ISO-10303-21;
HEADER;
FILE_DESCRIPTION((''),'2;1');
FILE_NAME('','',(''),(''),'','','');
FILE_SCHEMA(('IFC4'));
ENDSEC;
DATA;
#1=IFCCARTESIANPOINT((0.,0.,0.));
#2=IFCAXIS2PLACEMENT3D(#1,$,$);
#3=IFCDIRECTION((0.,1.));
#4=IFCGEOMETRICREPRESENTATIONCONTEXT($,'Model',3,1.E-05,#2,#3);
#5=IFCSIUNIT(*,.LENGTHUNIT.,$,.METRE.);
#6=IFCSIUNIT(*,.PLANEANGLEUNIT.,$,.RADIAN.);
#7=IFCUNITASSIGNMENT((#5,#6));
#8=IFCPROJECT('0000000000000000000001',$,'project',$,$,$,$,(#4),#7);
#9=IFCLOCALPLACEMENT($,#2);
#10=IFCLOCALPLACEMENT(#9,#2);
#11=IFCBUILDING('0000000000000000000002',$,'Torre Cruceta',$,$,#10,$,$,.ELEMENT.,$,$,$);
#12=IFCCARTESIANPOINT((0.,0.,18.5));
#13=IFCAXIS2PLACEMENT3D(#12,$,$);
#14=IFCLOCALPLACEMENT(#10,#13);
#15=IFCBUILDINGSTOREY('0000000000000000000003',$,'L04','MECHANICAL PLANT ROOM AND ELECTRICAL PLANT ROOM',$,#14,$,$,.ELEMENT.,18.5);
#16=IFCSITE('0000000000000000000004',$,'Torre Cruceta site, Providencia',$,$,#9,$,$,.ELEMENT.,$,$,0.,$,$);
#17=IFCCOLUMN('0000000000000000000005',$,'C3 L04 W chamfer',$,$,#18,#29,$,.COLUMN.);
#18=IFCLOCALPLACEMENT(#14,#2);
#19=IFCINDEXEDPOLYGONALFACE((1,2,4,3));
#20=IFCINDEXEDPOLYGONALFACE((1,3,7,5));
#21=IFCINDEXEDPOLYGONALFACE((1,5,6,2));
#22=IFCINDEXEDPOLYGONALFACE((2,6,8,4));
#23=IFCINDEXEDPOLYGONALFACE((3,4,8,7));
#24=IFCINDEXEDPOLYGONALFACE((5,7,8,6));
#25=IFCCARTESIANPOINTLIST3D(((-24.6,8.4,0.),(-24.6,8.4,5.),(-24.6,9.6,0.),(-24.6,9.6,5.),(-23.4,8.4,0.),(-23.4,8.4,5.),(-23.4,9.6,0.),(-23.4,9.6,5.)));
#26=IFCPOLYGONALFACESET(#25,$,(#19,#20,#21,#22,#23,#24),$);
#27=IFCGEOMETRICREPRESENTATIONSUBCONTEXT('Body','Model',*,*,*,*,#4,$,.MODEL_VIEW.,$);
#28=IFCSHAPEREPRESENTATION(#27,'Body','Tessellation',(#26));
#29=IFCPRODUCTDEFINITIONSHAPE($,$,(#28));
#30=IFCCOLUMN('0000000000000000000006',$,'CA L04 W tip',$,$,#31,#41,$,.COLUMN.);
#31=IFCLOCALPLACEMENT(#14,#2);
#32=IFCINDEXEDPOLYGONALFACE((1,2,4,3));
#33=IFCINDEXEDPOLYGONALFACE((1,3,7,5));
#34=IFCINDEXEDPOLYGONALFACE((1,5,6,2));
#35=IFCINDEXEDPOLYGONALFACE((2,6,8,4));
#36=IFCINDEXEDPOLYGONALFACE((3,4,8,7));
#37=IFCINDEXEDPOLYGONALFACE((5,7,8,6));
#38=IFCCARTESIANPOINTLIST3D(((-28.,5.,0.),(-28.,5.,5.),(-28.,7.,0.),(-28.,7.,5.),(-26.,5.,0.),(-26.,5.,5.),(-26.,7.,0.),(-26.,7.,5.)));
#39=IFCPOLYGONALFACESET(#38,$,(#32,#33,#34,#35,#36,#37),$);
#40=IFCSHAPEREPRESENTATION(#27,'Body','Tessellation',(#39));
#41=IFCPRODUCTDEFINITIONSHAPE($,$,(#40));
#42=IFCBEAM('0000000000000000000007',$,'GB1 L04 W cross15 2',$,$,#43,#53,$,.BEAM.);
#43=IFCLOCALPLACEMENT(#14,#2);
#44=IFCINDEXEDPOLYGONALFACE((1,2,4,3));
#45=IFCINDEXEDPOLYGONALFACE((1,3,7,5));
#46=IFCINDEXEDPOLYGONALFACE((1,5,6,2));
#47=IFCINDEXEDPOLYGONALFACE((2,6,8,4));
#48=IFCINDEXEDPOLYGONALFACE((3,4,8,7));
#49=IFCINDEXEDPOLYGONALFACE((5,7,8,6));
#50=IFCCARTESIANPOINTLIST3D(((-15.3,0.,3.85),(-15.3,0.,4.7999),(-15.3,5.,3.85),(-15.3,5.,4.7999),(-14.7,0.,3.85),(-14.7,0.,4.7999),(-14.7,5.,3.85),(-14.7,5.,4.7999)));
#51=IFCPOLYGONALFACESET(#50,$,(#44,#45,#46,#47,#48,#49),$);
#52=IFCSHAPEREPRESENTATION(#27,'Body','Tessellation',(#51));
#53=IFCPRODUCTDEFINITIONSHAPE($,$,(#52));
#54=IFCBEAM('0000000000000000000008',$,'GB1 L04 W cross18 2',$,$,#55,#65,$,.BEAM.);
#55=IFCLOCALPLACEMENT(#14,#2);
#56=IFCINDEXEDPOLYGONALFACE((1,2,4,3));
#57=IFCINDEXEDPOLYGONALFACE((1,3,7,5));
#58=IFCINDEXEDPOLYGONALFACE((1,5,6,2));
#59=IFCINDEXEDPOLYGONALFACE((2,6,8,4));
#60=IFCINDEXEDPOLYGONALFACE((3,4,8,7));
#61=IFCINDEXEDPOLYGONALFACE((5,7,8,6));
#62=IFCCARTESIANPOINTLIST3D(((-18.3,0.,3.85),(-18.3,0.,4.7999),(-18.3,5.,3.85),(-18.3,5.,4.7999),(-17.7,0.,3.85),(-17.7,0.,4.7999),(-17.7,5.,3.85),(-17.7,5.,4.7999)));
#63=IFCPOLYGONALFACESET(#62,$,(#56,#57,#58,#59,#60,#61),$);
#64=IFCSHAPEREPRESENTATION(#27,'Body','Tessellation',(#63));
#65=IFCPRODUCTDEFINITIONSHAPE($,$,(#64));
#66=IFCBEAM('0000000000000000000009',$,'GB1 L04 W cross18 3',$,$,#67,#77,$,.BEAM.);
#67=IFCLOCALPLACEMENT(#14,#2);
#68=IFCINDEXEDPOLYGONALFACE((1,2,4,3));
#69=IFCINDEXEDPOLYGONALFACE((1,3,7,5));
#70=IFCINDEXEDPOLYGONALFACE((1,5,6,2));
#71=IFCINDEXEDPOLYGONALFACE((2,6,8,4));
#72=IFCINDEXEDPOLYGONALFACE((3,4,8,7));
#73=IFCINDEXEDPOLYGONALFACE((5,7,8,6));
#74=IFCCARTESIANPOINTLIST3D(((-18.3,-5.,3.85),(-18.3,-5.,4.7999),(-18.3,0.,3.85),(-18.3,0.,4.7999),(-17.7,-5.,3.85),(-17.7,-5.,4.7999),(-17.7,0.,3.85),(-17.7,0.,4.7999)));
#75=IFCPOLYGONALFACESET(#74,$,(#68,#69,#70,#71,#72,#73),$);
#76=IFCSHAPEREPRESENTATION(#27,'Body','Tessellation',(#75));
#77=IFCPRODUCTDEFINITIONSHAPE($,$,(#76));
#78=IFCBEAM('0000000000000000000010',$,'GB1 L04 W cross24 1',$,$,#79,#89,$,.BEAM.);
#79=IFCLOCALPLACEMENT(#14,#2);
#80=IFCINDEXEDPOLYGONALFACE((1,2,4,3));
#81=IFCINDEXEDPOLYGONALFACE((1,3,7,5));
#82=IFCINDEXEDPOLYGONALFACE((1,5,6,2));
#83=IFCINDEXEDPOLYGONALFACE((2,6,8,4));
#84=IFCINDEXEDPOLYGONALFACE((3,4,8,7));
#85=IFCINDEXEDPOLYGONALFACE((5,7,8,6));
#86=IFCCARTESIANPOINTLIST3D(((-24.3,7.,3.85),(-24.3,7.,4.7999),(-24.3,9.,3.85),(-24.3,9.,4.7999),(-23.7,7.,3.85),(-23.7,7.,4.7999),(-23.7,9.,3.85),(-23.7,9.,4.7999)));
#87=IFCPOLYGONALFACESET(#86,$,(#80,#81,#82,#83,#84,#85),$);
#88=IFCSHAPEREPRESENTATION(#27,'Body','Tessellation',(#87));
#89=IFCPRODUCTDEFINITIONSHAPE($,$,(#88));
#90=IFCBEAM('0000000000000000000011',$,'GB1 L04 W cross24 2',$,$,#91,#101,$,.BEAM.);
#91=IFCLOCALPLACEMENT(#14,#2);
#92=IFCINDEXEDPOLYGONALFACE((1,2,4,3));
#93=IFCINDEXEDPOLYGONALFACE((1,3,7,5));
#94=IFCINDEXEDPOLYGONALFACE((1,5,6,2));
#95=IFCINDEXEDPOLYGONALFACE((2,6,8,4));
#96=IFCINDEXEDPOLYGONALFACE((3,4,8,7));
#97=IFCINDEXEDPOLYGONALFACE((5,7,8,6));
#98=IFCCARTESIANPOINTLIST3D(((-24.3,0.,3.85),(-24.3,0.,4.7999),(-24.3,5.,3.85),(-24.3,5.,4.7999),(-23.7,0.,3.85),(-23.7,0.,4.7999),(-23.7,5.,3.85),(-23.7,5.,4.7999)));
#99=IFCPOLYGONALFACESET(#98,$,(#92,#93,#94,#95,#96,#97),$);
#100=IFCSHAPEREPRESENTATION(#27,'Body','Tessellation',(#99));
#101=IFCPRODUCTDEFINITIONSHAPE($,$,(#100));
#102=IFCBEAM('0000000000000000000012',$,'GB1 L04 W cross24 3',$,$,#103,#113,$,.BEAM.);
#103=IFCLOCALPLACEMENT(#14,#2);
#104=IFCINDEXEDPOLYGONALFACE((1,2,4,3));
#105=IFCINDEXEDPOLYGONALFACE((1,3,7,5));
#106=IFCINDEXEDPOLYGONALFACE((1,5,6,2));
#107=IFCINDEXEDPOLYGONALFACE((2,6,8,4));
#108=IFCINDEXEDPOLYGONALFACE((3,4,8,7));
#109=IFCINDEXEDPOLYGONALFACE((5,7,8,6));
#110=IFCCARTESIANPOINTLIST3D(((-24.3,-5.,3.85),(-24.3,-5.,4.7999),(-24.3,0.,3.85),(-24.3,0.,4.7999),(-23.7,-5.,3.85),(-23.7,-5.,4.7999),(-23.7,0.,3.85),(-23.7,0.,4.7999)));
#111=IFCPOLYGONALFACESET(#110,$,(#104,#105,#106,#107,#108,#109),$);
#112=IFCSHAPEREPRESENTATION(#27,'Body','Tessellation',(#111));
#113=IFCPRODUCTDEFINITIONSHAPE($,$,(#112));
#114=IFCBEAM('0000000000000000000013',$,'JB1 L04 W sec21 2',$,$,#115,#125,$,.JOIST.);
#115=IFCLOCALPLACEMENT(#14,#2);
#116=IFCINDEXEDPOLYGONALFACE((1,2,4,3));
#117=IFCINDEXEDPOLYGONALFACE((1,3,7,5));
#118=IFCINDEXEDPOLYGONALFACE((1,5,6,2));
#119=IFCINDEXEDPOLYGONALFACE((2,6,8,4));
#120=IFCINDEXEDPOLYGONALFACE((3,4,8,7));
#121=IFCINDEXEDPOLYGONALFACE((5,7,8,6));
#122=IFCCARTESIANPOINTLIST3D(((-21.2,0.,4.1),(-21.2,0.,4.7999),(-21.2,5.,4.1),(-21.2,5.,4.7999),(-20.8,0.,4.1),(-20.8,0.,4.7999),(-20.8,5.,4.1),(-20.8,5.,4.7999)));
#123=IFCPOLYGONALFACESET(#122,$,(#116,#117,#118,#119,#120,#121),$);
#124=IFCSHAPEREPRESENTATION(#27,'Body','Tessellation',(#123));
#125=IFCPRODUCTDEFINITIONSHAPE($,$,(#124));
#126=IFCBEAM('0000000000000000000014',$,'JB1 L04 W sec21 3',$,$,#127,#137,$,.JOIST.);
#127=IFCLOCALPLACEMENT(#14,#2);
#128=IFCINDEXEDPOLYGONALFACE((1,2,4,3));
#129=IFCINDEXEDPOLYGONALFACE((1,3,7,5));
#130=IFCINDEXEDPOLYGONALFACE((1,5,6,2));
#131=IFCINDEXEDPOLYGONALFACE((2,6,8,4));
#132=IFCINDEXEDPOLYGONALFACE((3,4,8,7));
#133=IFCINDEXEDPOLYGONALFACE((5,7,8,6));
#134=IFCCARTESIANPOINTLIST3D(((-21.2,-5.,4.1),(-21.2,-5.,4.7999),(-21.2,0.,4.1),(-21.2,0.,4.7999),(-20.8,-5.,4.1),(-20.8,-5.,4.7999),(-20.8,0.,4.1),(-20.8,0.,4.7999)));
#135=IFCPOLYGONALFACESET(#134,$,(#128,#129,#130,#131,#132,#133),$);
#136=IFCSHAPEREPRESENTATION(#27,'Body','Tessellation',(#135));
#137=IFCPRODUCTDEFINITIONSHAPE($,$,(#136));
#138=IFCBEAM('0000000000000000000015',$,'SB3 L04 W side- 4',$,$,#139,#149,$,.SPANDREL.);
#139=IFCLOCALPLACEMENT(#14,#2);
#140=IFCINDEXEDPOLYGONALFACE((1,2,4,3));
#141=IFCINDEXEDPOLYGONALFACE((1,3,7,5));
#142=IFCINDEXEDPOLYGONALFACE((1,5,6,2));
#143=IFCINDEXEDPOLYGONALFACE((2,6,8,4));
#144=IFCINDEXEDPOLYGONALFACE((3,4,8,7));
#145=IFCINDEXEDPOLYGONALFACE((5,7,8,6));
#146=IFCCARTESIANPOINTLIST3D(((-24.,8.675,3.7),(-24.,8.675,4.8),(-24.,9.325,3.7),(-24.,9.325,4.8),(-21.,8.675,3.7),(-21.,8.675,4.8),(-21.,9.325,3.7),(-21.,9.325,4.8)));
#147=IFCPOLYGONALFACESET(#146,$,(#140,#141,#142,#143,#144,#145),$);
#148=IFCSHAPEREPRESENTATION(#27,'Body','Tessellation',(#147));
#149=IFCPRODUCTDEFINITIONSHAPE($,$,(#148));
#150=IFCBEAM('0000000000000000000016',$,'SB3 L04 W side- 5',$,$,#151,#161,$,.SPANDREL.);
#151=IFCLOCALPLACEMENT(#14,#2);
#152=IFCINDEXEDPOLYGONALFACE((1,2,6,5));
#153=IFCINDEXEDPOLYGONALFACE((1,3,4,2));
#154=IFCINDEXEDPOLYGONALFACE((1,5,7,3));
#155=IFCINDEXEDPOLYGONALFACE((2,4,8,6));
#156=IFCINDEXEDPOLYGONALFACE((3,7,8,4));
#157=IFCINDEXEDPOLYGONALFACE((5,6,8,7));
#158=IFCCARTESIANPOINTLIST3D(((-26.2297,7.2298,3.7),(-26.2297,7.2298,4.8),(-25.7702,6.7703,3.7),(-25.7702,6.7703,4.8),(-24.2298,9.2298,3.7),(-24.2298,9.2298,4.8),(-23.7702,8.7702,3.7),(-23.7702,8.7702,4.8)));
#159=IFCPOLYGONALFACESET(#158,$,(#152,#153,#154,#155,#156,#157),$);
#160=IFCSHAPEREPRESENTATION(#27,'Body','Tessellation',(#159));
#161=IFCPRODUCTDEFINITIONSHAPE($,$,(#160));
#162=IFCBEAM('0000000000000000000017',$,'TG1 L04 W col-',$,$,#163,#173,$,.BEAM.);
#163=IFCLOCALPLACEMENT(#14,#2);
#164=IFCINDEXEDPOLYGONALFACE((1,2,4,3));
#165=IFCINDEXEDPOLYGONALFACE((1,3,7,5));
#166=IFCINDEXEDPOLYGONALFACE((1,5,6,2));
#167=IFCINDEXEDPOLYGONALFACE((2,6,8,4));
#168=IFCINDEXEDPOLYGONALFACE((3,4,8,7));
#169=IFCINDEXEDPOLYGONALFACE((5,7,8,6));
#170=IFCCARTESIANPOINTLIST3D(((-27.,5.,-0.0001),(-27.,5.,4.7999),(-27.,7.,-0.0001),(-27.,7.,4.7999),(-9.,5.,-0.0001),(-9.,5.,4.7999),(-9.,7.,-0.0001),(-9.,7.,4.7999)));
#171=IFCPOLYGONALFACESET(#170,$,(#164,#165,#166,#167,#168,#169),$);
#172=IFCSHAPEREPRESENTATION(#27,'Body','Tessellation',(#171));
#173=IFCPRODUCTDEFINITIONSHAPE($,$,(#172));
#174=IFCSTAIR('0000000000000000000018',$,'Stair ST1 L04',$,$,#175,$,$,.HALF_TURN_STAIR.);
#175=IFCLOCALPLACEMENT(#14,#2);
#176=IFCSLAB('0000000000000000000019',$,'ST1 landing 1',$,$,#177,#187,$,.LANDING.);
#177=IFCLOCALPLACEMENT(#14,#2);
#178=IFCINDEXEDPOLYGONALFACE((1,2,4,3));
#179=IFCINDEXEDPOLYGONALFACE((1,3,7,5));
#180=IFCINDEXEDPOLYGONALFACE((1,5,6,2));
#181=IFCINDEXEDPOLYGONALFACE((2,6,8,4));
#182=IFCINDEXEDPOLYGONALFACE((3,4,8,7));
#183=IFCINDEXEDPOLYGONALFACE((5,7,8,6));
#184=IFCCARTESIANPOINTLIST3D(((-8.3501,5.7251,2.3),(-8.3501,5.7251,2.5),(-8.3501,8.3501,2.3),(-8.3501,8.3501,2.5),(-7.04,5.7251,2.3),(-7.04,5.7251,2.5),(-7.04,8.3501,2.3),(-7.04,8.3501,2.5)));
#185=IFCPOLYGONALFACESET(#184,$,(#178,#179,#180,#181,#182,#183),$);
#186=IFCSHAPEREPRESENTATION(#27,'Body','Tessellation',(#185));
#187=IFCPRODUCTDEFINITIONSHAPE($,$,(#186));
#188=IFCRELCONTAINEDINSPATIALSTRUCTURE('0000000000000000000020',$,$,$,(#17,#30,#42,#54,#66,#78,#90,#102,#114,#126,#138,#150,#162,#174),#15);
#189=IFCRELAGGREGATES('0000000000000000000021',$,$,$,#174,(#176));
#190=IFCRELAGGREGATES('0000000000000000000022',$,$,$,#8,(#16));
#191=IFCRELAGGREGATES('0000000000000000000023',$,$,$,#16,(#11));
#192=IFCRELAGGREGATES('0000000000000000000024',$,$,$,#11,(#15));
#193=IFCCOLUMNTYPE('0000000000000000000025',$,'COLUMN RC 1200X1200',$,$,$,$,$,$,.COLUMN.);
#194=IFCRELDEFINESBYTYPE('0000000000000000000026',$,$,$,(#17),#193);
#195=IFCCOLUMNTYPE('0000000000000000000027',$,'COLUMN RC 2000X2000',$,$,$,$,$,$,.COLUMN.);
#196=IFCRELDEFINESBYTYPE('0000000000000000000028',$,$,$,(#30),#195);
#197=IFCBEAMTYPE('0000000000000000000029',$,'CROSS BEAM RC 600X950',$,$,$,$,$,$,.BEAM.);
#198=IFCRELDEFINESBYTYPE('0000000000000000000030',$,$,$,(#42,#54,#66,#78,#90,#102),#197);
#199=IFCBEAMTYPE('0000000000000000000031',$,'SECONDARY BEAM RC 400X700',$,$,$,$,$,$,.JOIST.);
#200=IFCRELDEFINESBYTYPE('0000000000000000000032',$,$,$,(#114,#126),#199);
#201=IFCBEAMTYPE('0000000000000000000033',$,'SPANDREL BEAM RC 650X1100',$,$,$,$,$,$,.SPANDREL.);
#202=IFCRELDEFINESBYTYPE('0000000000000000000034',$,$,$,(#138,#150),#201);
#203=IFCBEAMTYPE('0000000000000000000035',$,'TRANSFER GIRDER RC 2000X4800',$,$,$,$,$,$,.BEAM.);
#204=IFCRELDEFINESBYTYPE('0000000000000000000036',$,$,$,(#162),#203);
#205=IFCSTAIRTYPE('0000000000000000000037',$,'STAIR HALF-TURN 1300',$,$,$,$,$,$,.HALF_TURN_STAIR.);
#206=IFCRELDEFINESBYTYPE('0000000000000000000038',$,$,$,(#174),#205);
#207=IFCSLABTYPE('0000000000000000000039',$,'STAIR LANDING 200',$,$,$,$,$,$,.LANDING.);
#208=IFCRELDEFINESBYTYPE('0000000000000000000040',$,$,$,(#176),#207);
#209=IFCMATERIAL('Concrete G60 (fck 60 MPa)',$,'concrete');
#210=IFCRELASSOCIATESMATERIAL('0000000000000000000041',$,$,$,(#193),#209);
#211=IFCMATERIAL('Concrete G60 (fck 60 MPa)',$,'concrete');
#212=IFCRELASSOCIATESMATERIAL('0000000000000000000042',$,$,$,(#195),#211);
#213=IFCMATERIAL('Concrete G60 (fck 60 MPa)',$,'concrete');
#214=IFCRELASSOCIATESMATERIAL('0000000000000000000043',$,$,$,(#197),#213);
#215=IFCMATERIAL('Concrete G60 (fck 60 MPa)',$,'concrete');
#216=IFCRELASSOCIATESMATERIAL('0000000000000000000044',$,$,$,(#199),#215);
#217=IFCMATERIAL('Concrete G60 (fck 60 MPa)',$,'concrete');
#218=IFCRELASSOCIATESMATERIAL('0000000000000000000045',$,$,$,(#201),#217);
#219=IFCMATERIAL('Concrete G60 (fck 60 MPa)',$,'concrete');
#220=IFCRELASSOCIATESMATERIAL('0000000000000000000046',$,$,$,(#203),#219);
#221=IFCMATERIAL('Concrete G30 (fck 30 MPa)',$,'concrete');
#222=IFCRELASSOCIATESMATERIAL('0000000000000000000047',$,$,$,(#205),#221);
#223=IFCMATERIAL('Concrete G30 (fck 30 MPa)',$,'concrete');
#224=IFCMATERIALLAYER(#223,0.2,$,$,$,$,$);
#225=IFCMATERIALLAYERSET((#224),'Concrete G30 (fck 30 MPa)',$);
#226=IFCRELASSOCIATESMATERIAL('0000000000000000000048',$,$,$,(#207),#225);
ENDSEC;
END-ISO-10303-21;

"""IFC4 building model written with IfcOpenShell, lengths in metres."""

from ifc_helpers import new_model, si_unit, direction, frame, origin, origin_2d, place, context, subcontext, project, spatial, polyline, rectangle, outline, extrude, material, layer, layer_set, material_profile, profile_set, type_object, element, aggregate, save


model = new_model("IFC4")

# Units and contexts
model_context = context("Model", 3, precision=1e-05, world=origin(), true_north=direction((0.0, 1.0)))
body_context = subcontext(model_context, "Body", "Model", "MODEL_VIEW")
ifc_project = project(units=[si_unit("LENGTHUNIT", "METRE"), si_unit("PLANEANGLEUNIT", "RADIAN")], contexts=[model_context])

# Site, building, storey
site_placement = place(None, origin())
site = spatial("IfcSite", under=ifc_project, at=site_placement, Name="Torre Cruceta site, Providencia", CompositionType="ELEMENT", RefElevation=0.0)
building_placement = place(site_placement, origin())
building = spatial("IfcBuilding", under=site, at=building_placement, Name="Torre Cruceta", CompositionType="ELEMENT")
storey_placement = place(building_placement, frame((0.0, 0.0, 18.5)))
storey = spatial("IfcBuildingStorey", under=building, at=storey_placement, Name="L04", Description="MECHANICAL PLANT ROOM AND ELECTRICAL PLANT ROOM", CompositionType="ELEMENT", Elevation=18.5)

# Columns
ifc_material_1 = material(Name="Concrete G60 (fck 60 MPa)", Category="concrete")
ifc_material_profile_1 = material_profile(ifc_material_1, rectangle(XDim=1.2, YDim=1.2, at=origin_2d()), Name="RC 1200X1200")
ifc_profile_set_1 = profile_set([ifc_material_profile_1], Name="Concrete G60 (fck 60 MPa)")
column_type_1 = type_object("IfcColumnType", Name="COLUMN RC 1200X1200", PredefinedType="COLUMN", material=ifc_profile_set_1)
column_1_placement = place(storey_placement, frame((-24.0, 9.0, 0.0), z_axis=(0.0, 0.0, 1.0), x_axis=(1.0, 0.0, 0.0)))
element("IfcColumn", 1, at=column_1_placement, inside=storey, type_object=column_type_1, Name="C3 L04 W chamfer", PredefinedType="COLUMN", context=body_context, shape_type="SweptSolid", body=[
    extrude(rectangle(XDim=1.2, YDim=1.2, at=origin_2d()), origin(), (0.0, 0.0, 1.0), 5.0),
])
ifc_material_2 = material(Name="Concrete G60 (fck 60 MPa)", Category="concrete")
ifc_material_profile_2 = material_profile(ifc_material_2, rectangle(XDim=2.0, YDim=2.0, at=origin_2d()), Name="RC 2000X2000")
ifc_profile_set_2 = profile_set([ifc_material_profile_2], Name="Concrete G60 (fck 60 MPa)")
column_type_2 = type_object("IfcColumnType", Name="COLUMN RC 2000X2000", PredefinedType="COLUMN", material=ifc_profile_set_2)
column_2_placement = place(storey_placement, frame((-27.0, 6.0, 0.0), z_axis=(0.0, 0.0, 1.0), x_axis=(1.0, 0.0, 0.0)))
element("IfcColumn", 2, at=column_2_placement, inside=storey, type_object=column_type_2, Name="CA L04 W tip", PredefinedType="COLUMN", context=body_context, shape_type="SweptSolid", body=[
    extrude(rectangle(XDim=2.0, YDim=2.0, at=origin_2d()), origin(), (0.0, 0.0, 1.0), 5.0),
])

# Beams
ifc_material_3 = material(Name="Concrete G60 (fck 60 MPa)", Category="concrete")
ifc_material_profile_3 = material_profile(ifc_material_3, rectangle(XDim=0.6001, YDim=0.95, at=origin_2d()), Name="RC 600X950")
ifc_profile_set_3 = profile_set([ifc_material_profile_3], Name="Concrete G60 (fck 60 MPa)")
beam_type_1 = type_object("IfcBeamType", Name="CROSS BEAM RC 600X950", PredefinedType="BEAM", material=ifc_profile_set_3)
for number, where, z_axis, x_axis, name in (
    (3, (-15.0, 5.0, 4.325), (0.0, -1.0, 0.0), (1.0, 0.0, 0.0), "GB1 L04 W cross15 2"),
    (4, (-18.0, 5.0, 4.325), (0.0, -1.0, 0.0), (1.0, 0.0, 0.0), "GB1 L04 W cross18 2"),
    (5, (-18.0, 0.0, 4.325), (0.0, -1.0, 0.0), (1.0, 0.0, 0.0), "GB1 L04 W cross18 3"),
):
    element("IfcBeam", number, at=place(storey_placement, frame(where, z_axis=z_axis, x_axis=x_axis)), inside=storey, type_object=beam_type_1, Name=name, PredefinedType="BEAM", context=body_context, shape_type="SweptSolid", body=[
        extrude(rectangle(XDim=0.6001, YDim=0.95, at=origin_2d()), origin(), (0.0, 0.0, 1.0), 5.0),
    ])
beam_1_placement = place(storey_placement, frame((-24.0, 9.0, 4.325), z_axis=(0.0, -1.0, 0.0), x_axis=(1.0, 0.0, 0.0)))
element("IfcBeam", 6, at=beam_1_placement, inside=storey, type_object=beam_type_1, Name="GB1 L04 W cross24 1", PredefinedType="BEAM", context=body_context, shape_type="SweptSolid", body=[
    extrude(rectangle(XDim=0.6001, YDim=0.95, at=origin_2d()), origin(), (0.0, 0.0, 1.0), 2.0),
])
for number, where, z_axis, x_axis, name in (
    (7, (-24.0, 5.0, 4.325), (0.0, -1.0, 0.0), (1.0, 0.0, 0.0), "GB1 L04 W cross24 2"),
    (8, (-24.0, 0.0, 4.325), (0.0, -1.0, 0.0), (1.0, 0.0, 0.0), "GB1 L04 W cross24 3"),
):
    element("IfcBeam", number, at=place(storey_placement, frame(where, z_axis=z_axis, x_axis=x_axis)), inside=storey, type_object=beam_type_1, Name=name, PredefinedType="BEAM", context=body_context, shape_type="SweptSolid", body=[
        extrude(rectangle(XDim=0.6001, YDim=0.95, at=origin_2d()), origin(), (0.0, 0.0, 1.0), 5.0),
    ])
ifc_material_4 = material(Name="Concrete G60 (fck 60 MPa)", Category="concrete")
ifc_material_profile_4 = material_profile(ifc_material_4, rectangle(XDim=0.3999, YDim=0.7, at=origin_2d()), Name="RC 400X700")
ifc_profile_set_4 = profile_set([ifc_material_profile_4], Name="Concrete G60 (fck 60 MPa)")
beam_type_2 = type_object("IfcBeamType", Name="SECONDARY BEAM RC 400X700", PredefinedType="JOIST", material=ifc_profile_set_4)
for number, where, z_axis, x_axis, name in (
    (9, (-21.0, 5.0, 4.45), (0.0, -1.0, 0.0), (1.0, 0.0, 0.0), "JB1 L04 W sec21 2"),
    (10, (-21.0, 0.0, 4.45), (0.0, -1.0, 0.0), (1.0, 0.0, 0.0), "JB1 L04 W sec21 3"),
):
    element("IfcBeam", number, at=place(storey_placement, frame(where, z_axis=z_axis, x_axis=x_axis)), inside=storey, type_object=beam_type_2, Name=name, PredefinedType="JOIST", context=body_context, shape_type="SweptSolid", body=[
        extrude(rectangle(XDim=0.3999, YDim=0.7, at=origin_2d()), origin(), (0.0, 0.0, 1.0), 5.0),
    ])
ifc_material_5 = material(Name="Concrete G60 (fck 60 MPa)", Category="concrete")
ifc_material_profile_5 = material_profile(ifc_material_5, rectangle(XDim=0.6499, YDim=1.1001, at=origin_2d()), Name="RC 650X1100")
ifc_profile_set_5 = profile_set([ifc_material_profile_5], Name="Concrete G60 (fck 60 MPa)")
beam_type_3 = type_object("IfcBeamType", Name="SPANDREL BEAM RC 650X1100", PredefinedType="SPANDREL", material=ifc_profile_set_5)
beam_2_placement = place(storey_placement, frame((-21.0, 9.0, 4.25), z_axis=(-1.0, 0.0, 0.0), x_axis=(0.0, -1.0, 0.0)))
element("IfcBeam", 11, at=beam_2_placement, inside=storey, type_object=beam_type_3, Name="SB3 L04 W side- 4", PredefinedType="SPANDREL", context=body_context, shape_type="SweptSolid", body=[
    extrude(rectangle(XDim=0.6499, YDim=1.1001, at=origin_2d()), origin(), (0.0, 0.0, 1.0), 3.0),
])
beam_3_placement = place(storey_placement, frame((-24.0, 9.0, 4.25), z_axis=(-0.707107, -0.707107, 0.0), x_axis=(0.707107, -0.707107, 0.0)))
element("IfcBeam", 12, at=beam_3_placement, inside=storey, type_object=beam_type_3, Name="SB3 L04 W side- 5", PredefinedType="SPANDREL", context=body_context, shape_type="SweptSolid", body=[
    extrude(rectangle(XDim=0.6499, YDim=1.1001, at=origin_2d()), origin(), (0.0, 0.0, 1.0), 2.8284),
])
ifc_material_6 = material(Name="Concrete G60 (fck 60 MPa)", Category="concrete")
ifc_material_profile_6 = material_profile(ifc_material_6, rectangle(XDim=2.0, YDim=4.8, at=origin_2d()), Name="RC 2000X4800")
ifc_profile_set_6 = profile_set([ifc_material_profile_6], Name="Concrete G60 (fck 60 MPa)")
beam_type_4 = type_object("IfcBeamType", Name="TRANSFER GIRDER RC 2000X4800", PredefinedType="BEAM", material=ifc_profile_set_6)
beam_4_placement = place(storey_placement, frame((-9.0, 6.0, 2.3999), z_axis=(-1.0, 0.0, 0.0), x_axis=(0.0, -1.0, 0.0)))
element("IfcBeam", 13, at=beam_4_placement, inside=storey, type_object=beam_type_4, Name="TG1 L04 W col-", PredefinedType="BEAM", context=body_context, shape_type="SweptSolid", body=[
    extrude(rectangle(XDim=2.0, YDim=4.8, at=origin_2d()), origin(), (0.0, 0.0, 1.0), 18.0),
])

# Stair, slab
ifc_material_7 = material(Name="Concrete G30 (fck 30 MPa)", Category="concrete")
stair_type = type_object("IfcStairType", Name="STAIR HALF-TURN 1300", PredefinedType="HALF_TURN_STAIR", material=ifc_material_7)
stair_1_placement = place(storey_placement, origin())
stair_1 = element("IfcStair", 14, at=stair_1_placement, inside=storey, type_object=stair_type, Name="Stair ST1 L04", PredefinedType="HALF_TURN_STAIR")
ifc_material_8 = material(Name="Concrete G30 (fck 30 MPa)", Category="concrete")
ifc_layer_1 = layer(ifc_material_8, 0.2)
ifc_layer_set_1 = layer_set([ifc_layer_1], Name="Concrete G30 (fck 30 MPa)")
slab_type = type_object("IfcSlabType", Name="STAIR LANDING 200", PredefinedType="LANDING", material=ifc_layer_set_1)
slab_1_placement = place(storey_placement, frame((0.0, 0.0, 2.3)))
slab_1 = element("IfcSlab", 15, at=slab_1_placement, type_object=slab_type, Name="ST1 landing 1", PredefinedType="LANDING", context=body_context, shape_type="SweptSolid", body=[
    extrude(outline(polyline([(-8.3501, 5.7251), (-7.04, 5.7251), (-7.04, 8.3501), (-8.3501, 8.3501), (-8.3501, 5.7251)])), origin(), (0.0, 0.0, 1.0), 0.2),
])

aggregate(stair_1, [slab_1])

save(model, "model.ifc")
